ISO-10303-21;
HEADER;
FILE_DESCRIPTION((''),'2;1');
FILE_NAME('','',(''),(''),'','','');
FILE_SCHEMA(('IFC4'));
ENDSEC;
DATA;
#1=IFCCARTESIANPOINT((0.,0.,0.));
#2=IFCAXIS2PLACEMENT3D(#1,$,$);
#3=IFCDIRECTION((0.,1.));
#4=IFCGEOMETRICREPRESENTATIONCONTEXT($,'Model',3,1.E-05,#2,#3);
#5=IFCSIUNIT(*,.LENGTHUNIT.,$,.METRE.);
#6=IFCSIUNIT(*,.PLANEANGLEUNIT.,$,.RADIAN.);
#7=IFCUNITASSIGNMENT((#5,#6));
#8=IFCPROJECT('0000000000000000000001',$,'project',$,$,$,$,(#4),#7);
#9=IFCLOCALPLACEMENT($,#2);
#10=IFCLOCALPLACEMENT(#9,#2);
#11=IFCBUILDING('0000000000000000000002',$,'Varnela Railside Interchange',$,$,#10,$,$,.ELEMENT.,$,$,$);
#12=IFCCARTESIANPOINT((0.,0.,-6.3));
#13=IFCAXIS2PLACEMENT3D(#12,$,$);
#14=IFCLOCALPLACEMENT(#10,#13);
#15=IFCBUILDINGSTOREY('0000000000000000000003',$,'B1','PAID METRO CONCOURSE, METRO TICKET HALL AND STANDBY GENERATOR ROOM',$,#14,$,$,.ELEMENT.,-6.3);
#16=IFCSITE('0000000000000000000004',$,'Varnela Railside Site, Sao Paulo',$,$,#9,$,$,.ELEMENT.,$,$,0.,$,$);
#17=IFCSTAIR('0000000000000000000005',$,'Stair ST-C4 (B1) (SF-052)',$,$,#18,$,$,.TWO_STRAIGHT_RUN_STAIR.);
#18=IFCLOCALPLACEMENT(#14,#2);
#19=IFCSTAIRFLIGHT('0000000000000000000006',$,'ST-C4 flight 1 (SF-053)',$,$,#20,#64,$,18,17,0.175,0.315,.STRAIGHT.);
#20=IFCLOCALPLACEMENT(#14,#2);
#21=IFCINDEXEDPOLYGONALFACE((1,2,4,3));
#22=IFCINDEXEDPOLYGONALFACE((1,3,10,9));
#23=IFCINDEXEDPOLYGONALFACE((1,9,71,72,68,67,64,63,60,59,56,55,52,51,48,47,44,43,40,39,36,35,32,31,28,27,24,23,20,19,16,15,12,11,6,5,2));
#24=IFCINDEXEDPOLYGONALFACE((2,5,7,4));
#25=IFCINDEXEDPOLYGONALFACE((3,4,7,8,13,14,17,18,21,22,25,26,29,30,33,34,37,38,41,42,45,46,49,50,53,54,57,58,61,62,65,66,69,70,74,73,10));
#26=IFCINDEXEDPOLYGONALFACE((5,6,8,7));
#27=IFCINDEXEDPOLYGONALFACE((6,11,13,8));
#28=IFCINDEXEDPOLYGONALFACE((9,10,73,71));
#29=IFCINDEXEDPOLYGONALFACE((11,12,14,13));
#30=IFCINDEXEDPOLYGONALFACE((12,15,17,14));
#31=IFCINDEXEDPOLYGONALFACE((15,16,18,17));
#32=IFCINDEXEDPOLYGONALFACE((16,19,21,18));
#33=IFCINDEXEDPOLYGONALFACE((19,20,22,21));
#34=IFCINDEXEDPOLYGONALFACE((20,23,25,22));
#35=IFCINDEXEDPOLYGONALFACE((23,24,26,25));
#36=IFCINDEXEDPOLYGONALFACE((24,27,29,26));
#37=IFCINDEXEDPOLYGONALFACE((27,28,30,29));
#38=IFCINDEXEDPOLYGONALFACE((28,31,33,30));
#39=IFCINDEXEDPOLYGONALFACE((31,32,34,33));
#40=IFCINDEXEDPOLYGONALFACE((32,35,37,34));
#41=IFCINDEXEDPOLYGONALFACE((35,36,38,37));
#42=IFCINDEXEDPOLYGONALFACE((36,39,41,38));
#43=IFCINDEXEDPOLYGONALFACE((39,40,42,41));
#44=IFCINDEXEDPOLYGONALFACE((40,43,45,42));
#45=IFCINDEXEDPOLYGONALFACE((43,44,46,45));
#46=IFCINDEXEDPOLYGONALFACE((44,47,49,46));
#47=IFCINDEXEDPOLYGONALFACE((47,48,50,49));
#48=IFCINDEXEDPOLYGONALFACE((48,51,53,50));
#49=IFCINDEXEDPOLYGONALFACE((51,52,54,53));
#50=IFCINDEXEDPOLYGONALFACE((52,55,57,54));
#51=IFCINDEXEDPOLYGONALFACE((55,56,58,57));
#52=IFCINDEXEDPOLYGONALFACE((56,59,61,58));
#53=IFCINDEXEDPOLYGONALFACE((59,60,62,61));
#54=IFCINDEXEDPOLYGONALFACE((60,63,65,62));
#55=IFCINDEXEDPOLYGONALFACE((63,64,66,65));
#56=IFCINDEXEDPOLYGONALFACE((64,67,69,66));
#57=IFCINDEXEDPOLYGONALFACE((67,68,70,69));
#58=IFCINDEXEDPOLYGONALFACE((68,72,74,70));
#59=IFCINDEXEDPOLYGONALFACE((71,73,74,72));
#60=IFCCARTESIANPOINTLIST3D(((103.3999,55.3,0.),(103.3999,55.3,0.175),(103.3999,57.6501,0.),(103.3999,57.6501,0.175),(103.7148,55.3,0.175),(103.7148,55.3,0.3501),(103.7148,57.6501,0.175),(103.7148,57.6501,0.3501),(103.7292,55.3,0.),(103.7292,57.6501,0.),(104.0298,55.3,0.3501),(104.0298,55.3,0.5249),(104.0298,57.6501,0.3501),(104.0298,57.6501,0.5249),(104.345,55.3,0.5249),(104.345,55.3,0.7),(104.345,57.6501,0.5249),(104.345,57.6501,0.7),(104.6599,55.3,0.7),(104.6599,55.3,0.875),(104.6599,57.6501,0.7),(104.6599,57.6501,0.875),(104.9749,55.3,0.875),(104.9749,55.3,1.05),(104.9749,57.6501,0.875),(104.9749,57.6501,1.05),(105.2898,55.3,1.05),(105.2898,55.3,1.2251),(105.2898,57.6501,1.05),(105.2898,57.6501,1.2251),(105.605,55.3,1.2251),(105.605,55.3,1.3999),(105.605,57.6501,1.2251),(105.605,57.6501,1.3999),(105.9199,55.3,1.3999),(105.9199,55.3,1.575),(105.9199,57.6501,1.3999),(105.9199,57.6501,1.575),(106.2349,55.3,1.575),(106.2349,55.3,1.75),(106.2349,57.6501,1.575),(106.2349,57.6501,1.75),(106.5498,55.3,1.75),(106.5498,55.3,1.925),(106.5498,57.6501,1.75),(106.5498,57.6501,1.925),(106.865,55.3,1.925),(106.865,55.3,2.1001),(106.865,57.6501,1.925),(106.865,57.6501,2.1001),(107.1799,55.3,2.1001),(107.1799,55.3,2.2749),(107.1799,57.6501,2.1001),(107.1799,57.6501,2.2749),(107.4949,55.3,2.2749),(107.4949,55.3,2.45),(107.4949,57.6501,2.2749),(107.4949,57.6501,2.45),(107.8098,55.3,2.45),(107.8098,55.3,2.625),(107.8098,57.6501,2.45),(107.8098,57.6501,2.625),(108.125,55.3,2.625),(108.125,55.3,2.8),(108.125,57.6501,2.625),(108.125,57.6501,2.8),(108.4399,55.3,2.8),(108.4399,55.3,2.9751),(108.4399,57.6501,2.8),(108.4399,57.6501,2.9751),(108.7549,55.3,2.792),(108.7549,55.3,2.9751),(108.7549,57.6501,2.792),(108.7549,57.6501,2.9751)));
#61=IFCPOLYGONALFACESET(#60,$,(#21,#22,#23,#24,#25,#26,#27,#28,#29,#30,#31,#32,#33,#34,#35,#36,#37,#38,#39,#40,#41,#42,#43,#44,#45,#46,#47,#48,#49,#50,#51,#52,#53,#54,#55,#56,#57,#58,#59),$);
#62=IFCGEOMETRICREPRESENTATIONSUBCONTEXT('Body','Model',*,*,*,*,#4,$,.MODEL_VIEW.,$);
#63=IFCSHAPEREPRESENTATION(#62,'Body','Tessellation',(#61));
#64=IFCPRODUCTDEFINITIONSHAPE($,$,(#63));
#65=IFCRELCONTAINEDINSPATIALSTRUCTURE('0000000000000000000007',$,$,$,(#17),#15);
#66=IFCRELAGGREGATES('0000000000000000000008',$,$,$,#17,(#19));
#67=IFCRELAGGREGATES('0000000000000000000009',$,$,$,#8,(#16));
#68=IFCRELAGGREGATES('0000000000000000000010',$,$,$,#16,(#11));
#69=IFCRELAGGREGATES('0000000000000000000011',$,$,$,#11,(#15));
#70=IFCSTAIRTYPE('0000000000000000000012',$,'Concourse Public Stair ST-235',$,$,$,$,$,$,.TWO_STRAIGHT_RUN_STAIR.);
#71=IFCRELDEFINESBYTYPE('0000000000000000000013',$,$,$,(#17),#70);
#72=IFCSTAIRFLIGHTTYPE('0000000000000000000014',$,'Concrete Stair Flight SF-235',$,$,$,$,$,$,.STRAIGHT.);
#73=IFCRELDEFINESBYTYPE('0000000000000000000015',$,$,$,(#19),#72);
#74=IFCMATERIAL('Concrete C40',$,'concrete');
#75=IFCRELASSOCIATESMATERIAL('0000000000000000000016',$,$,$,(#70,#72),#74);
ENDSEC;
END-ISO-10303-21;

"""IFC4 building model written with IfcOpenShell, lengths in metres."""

from ifc_helpers import new_model, si_unit, direction, frame, origin, place, context, subcontext, project, spatial, polyline, outline, extrude, material, type_object, element, aggregate, save


model = new_model("IFC4")

# Units and contexts
model_context = context("Model", 3, precision=1e-05, world=origin(), true_north=direction((0.0, 1.0)))
body_context = subcontext(model_context, "Body", "Model", "MODEL_VIEW")
ifc_project = project(units=[si_unit("LENGTHUNIT", "METRE"), si_unit("PLANEANGLEUNIT", "RADIAN")], contexts=[model_context])

# Site, building, storey
site_placement = place(None, origin())
site = spatial("IfcSite", under=ifc_project, at=site_placement, Name="Varnela Railside Site, Sao Paulo", CompositionType="ELEMENT", RefElevation=0.0)
building_placement = place(site_placement, origin())
building = spatial("IfcBuilding", under=site, at=building_placement, Name="Varnela Railside Interchange", CompositionType="ELEMENT")
storey_placement = place(building_placement, frame((0.0, 0.0, -6.3)))
storey = spatial("IfcBuildingStorey", under=building, at=storey_placement, Name="B1", Description="PAID METRO CONCOURSE, METRO TICKET HALL AND STANDBY GENERATOR ROOM", CompositionType="ELEMENT", Elevation=-6.3)

# Shared definitions
ifc_material_1 = material(Name="Concrete C40", Category="concrete")

# Stair, stair flight
stair_type = type_object("IfcStairType", Name="Concourse Public Stair ST-235", PredefinedType="TWO_STRAIGHT_RUN_STAIR", material=ifc_material_1)
stair_placement = place(storey_placement, origin())
stair = element("IfcStair", 1, at=stair_placement, inside=storey, type_object=stair_type, Name="Stair ST-C4 (B1) (SF-052)", PredefinedType="TWO_STRAIGHT_RUN_STAIR")
stair_flight_type = type_object("IfcStairFlightType", Name="Concrete Stair Flight SF-235", PredefinedType="STRAIGHT", material=ifc_material_1)
stair_flight_placement = place(storey_placement, frame((103.3999, 56.4751, 0.0), z_axis=(0.0, 0.0, 1.0), x_axis=(1.0, 0.0, 0.0)))
stair_flight = element("IfcStairFlight", 2, at=stair_flight_placement, type_object=stair_flight_type, Name="ST-C4 flight 1 (SF-053)", NumberOfRisers=18, NumberOfTreads=17, PredefinedType="STRAIGHT", RiserHeight=0.175, TreadLength=0.315, context=body_context, shape_type="SweptSolid", body=[
    extrude(outline(polyline([(0.0, 0.0), (0.0, 0.175), (0.3149, 0.175), (0.3149, 0.3501), (0.6299, 0.3501), (0.6299, 0.5249), (0.9451, 0.5249), (0.9451, 0.7), (1.26, 0.7), (1.26, 0.875), (1.575, 0.875), (1.575, 1.05), (1.8899, 1.05), (1.8899, 1.2251), (2.2051, 1.2251), (2.2051, 1.3999), (2.52, 1.3999), (2.52, 1.575), (2.835, 1.575), (2.835, 1.75), (3.1499, 1.75), (3.1499, 1.925), (3.4651, 1.925), (3.4651, 2.1001), (3.78, 2.1001), (3.78, 2.2749), (4.095, 2.2749), (4.095, 2.45), (4.4099, 2.45), (4.4099, 2.625), (4.7251, 2.625), (4.7251, 2.8), (5.04, 2.8), (5.04, 2.9751), (5.355, 2.9751), (5.355, 3.1499), (5.355, 2.792), (0.3293, 0.0), (0.0, 0.0)])), frame((0.0, 1.175, 0.0), z_axis=(0.0, -1.0, 0.0), x_axis=(1.0, 0.0, 0.0)), (0.0, 0.0, 1.0), 2.3501),
])
aggregate(stair, [stair_flight])

save(model, "model.ifc")
